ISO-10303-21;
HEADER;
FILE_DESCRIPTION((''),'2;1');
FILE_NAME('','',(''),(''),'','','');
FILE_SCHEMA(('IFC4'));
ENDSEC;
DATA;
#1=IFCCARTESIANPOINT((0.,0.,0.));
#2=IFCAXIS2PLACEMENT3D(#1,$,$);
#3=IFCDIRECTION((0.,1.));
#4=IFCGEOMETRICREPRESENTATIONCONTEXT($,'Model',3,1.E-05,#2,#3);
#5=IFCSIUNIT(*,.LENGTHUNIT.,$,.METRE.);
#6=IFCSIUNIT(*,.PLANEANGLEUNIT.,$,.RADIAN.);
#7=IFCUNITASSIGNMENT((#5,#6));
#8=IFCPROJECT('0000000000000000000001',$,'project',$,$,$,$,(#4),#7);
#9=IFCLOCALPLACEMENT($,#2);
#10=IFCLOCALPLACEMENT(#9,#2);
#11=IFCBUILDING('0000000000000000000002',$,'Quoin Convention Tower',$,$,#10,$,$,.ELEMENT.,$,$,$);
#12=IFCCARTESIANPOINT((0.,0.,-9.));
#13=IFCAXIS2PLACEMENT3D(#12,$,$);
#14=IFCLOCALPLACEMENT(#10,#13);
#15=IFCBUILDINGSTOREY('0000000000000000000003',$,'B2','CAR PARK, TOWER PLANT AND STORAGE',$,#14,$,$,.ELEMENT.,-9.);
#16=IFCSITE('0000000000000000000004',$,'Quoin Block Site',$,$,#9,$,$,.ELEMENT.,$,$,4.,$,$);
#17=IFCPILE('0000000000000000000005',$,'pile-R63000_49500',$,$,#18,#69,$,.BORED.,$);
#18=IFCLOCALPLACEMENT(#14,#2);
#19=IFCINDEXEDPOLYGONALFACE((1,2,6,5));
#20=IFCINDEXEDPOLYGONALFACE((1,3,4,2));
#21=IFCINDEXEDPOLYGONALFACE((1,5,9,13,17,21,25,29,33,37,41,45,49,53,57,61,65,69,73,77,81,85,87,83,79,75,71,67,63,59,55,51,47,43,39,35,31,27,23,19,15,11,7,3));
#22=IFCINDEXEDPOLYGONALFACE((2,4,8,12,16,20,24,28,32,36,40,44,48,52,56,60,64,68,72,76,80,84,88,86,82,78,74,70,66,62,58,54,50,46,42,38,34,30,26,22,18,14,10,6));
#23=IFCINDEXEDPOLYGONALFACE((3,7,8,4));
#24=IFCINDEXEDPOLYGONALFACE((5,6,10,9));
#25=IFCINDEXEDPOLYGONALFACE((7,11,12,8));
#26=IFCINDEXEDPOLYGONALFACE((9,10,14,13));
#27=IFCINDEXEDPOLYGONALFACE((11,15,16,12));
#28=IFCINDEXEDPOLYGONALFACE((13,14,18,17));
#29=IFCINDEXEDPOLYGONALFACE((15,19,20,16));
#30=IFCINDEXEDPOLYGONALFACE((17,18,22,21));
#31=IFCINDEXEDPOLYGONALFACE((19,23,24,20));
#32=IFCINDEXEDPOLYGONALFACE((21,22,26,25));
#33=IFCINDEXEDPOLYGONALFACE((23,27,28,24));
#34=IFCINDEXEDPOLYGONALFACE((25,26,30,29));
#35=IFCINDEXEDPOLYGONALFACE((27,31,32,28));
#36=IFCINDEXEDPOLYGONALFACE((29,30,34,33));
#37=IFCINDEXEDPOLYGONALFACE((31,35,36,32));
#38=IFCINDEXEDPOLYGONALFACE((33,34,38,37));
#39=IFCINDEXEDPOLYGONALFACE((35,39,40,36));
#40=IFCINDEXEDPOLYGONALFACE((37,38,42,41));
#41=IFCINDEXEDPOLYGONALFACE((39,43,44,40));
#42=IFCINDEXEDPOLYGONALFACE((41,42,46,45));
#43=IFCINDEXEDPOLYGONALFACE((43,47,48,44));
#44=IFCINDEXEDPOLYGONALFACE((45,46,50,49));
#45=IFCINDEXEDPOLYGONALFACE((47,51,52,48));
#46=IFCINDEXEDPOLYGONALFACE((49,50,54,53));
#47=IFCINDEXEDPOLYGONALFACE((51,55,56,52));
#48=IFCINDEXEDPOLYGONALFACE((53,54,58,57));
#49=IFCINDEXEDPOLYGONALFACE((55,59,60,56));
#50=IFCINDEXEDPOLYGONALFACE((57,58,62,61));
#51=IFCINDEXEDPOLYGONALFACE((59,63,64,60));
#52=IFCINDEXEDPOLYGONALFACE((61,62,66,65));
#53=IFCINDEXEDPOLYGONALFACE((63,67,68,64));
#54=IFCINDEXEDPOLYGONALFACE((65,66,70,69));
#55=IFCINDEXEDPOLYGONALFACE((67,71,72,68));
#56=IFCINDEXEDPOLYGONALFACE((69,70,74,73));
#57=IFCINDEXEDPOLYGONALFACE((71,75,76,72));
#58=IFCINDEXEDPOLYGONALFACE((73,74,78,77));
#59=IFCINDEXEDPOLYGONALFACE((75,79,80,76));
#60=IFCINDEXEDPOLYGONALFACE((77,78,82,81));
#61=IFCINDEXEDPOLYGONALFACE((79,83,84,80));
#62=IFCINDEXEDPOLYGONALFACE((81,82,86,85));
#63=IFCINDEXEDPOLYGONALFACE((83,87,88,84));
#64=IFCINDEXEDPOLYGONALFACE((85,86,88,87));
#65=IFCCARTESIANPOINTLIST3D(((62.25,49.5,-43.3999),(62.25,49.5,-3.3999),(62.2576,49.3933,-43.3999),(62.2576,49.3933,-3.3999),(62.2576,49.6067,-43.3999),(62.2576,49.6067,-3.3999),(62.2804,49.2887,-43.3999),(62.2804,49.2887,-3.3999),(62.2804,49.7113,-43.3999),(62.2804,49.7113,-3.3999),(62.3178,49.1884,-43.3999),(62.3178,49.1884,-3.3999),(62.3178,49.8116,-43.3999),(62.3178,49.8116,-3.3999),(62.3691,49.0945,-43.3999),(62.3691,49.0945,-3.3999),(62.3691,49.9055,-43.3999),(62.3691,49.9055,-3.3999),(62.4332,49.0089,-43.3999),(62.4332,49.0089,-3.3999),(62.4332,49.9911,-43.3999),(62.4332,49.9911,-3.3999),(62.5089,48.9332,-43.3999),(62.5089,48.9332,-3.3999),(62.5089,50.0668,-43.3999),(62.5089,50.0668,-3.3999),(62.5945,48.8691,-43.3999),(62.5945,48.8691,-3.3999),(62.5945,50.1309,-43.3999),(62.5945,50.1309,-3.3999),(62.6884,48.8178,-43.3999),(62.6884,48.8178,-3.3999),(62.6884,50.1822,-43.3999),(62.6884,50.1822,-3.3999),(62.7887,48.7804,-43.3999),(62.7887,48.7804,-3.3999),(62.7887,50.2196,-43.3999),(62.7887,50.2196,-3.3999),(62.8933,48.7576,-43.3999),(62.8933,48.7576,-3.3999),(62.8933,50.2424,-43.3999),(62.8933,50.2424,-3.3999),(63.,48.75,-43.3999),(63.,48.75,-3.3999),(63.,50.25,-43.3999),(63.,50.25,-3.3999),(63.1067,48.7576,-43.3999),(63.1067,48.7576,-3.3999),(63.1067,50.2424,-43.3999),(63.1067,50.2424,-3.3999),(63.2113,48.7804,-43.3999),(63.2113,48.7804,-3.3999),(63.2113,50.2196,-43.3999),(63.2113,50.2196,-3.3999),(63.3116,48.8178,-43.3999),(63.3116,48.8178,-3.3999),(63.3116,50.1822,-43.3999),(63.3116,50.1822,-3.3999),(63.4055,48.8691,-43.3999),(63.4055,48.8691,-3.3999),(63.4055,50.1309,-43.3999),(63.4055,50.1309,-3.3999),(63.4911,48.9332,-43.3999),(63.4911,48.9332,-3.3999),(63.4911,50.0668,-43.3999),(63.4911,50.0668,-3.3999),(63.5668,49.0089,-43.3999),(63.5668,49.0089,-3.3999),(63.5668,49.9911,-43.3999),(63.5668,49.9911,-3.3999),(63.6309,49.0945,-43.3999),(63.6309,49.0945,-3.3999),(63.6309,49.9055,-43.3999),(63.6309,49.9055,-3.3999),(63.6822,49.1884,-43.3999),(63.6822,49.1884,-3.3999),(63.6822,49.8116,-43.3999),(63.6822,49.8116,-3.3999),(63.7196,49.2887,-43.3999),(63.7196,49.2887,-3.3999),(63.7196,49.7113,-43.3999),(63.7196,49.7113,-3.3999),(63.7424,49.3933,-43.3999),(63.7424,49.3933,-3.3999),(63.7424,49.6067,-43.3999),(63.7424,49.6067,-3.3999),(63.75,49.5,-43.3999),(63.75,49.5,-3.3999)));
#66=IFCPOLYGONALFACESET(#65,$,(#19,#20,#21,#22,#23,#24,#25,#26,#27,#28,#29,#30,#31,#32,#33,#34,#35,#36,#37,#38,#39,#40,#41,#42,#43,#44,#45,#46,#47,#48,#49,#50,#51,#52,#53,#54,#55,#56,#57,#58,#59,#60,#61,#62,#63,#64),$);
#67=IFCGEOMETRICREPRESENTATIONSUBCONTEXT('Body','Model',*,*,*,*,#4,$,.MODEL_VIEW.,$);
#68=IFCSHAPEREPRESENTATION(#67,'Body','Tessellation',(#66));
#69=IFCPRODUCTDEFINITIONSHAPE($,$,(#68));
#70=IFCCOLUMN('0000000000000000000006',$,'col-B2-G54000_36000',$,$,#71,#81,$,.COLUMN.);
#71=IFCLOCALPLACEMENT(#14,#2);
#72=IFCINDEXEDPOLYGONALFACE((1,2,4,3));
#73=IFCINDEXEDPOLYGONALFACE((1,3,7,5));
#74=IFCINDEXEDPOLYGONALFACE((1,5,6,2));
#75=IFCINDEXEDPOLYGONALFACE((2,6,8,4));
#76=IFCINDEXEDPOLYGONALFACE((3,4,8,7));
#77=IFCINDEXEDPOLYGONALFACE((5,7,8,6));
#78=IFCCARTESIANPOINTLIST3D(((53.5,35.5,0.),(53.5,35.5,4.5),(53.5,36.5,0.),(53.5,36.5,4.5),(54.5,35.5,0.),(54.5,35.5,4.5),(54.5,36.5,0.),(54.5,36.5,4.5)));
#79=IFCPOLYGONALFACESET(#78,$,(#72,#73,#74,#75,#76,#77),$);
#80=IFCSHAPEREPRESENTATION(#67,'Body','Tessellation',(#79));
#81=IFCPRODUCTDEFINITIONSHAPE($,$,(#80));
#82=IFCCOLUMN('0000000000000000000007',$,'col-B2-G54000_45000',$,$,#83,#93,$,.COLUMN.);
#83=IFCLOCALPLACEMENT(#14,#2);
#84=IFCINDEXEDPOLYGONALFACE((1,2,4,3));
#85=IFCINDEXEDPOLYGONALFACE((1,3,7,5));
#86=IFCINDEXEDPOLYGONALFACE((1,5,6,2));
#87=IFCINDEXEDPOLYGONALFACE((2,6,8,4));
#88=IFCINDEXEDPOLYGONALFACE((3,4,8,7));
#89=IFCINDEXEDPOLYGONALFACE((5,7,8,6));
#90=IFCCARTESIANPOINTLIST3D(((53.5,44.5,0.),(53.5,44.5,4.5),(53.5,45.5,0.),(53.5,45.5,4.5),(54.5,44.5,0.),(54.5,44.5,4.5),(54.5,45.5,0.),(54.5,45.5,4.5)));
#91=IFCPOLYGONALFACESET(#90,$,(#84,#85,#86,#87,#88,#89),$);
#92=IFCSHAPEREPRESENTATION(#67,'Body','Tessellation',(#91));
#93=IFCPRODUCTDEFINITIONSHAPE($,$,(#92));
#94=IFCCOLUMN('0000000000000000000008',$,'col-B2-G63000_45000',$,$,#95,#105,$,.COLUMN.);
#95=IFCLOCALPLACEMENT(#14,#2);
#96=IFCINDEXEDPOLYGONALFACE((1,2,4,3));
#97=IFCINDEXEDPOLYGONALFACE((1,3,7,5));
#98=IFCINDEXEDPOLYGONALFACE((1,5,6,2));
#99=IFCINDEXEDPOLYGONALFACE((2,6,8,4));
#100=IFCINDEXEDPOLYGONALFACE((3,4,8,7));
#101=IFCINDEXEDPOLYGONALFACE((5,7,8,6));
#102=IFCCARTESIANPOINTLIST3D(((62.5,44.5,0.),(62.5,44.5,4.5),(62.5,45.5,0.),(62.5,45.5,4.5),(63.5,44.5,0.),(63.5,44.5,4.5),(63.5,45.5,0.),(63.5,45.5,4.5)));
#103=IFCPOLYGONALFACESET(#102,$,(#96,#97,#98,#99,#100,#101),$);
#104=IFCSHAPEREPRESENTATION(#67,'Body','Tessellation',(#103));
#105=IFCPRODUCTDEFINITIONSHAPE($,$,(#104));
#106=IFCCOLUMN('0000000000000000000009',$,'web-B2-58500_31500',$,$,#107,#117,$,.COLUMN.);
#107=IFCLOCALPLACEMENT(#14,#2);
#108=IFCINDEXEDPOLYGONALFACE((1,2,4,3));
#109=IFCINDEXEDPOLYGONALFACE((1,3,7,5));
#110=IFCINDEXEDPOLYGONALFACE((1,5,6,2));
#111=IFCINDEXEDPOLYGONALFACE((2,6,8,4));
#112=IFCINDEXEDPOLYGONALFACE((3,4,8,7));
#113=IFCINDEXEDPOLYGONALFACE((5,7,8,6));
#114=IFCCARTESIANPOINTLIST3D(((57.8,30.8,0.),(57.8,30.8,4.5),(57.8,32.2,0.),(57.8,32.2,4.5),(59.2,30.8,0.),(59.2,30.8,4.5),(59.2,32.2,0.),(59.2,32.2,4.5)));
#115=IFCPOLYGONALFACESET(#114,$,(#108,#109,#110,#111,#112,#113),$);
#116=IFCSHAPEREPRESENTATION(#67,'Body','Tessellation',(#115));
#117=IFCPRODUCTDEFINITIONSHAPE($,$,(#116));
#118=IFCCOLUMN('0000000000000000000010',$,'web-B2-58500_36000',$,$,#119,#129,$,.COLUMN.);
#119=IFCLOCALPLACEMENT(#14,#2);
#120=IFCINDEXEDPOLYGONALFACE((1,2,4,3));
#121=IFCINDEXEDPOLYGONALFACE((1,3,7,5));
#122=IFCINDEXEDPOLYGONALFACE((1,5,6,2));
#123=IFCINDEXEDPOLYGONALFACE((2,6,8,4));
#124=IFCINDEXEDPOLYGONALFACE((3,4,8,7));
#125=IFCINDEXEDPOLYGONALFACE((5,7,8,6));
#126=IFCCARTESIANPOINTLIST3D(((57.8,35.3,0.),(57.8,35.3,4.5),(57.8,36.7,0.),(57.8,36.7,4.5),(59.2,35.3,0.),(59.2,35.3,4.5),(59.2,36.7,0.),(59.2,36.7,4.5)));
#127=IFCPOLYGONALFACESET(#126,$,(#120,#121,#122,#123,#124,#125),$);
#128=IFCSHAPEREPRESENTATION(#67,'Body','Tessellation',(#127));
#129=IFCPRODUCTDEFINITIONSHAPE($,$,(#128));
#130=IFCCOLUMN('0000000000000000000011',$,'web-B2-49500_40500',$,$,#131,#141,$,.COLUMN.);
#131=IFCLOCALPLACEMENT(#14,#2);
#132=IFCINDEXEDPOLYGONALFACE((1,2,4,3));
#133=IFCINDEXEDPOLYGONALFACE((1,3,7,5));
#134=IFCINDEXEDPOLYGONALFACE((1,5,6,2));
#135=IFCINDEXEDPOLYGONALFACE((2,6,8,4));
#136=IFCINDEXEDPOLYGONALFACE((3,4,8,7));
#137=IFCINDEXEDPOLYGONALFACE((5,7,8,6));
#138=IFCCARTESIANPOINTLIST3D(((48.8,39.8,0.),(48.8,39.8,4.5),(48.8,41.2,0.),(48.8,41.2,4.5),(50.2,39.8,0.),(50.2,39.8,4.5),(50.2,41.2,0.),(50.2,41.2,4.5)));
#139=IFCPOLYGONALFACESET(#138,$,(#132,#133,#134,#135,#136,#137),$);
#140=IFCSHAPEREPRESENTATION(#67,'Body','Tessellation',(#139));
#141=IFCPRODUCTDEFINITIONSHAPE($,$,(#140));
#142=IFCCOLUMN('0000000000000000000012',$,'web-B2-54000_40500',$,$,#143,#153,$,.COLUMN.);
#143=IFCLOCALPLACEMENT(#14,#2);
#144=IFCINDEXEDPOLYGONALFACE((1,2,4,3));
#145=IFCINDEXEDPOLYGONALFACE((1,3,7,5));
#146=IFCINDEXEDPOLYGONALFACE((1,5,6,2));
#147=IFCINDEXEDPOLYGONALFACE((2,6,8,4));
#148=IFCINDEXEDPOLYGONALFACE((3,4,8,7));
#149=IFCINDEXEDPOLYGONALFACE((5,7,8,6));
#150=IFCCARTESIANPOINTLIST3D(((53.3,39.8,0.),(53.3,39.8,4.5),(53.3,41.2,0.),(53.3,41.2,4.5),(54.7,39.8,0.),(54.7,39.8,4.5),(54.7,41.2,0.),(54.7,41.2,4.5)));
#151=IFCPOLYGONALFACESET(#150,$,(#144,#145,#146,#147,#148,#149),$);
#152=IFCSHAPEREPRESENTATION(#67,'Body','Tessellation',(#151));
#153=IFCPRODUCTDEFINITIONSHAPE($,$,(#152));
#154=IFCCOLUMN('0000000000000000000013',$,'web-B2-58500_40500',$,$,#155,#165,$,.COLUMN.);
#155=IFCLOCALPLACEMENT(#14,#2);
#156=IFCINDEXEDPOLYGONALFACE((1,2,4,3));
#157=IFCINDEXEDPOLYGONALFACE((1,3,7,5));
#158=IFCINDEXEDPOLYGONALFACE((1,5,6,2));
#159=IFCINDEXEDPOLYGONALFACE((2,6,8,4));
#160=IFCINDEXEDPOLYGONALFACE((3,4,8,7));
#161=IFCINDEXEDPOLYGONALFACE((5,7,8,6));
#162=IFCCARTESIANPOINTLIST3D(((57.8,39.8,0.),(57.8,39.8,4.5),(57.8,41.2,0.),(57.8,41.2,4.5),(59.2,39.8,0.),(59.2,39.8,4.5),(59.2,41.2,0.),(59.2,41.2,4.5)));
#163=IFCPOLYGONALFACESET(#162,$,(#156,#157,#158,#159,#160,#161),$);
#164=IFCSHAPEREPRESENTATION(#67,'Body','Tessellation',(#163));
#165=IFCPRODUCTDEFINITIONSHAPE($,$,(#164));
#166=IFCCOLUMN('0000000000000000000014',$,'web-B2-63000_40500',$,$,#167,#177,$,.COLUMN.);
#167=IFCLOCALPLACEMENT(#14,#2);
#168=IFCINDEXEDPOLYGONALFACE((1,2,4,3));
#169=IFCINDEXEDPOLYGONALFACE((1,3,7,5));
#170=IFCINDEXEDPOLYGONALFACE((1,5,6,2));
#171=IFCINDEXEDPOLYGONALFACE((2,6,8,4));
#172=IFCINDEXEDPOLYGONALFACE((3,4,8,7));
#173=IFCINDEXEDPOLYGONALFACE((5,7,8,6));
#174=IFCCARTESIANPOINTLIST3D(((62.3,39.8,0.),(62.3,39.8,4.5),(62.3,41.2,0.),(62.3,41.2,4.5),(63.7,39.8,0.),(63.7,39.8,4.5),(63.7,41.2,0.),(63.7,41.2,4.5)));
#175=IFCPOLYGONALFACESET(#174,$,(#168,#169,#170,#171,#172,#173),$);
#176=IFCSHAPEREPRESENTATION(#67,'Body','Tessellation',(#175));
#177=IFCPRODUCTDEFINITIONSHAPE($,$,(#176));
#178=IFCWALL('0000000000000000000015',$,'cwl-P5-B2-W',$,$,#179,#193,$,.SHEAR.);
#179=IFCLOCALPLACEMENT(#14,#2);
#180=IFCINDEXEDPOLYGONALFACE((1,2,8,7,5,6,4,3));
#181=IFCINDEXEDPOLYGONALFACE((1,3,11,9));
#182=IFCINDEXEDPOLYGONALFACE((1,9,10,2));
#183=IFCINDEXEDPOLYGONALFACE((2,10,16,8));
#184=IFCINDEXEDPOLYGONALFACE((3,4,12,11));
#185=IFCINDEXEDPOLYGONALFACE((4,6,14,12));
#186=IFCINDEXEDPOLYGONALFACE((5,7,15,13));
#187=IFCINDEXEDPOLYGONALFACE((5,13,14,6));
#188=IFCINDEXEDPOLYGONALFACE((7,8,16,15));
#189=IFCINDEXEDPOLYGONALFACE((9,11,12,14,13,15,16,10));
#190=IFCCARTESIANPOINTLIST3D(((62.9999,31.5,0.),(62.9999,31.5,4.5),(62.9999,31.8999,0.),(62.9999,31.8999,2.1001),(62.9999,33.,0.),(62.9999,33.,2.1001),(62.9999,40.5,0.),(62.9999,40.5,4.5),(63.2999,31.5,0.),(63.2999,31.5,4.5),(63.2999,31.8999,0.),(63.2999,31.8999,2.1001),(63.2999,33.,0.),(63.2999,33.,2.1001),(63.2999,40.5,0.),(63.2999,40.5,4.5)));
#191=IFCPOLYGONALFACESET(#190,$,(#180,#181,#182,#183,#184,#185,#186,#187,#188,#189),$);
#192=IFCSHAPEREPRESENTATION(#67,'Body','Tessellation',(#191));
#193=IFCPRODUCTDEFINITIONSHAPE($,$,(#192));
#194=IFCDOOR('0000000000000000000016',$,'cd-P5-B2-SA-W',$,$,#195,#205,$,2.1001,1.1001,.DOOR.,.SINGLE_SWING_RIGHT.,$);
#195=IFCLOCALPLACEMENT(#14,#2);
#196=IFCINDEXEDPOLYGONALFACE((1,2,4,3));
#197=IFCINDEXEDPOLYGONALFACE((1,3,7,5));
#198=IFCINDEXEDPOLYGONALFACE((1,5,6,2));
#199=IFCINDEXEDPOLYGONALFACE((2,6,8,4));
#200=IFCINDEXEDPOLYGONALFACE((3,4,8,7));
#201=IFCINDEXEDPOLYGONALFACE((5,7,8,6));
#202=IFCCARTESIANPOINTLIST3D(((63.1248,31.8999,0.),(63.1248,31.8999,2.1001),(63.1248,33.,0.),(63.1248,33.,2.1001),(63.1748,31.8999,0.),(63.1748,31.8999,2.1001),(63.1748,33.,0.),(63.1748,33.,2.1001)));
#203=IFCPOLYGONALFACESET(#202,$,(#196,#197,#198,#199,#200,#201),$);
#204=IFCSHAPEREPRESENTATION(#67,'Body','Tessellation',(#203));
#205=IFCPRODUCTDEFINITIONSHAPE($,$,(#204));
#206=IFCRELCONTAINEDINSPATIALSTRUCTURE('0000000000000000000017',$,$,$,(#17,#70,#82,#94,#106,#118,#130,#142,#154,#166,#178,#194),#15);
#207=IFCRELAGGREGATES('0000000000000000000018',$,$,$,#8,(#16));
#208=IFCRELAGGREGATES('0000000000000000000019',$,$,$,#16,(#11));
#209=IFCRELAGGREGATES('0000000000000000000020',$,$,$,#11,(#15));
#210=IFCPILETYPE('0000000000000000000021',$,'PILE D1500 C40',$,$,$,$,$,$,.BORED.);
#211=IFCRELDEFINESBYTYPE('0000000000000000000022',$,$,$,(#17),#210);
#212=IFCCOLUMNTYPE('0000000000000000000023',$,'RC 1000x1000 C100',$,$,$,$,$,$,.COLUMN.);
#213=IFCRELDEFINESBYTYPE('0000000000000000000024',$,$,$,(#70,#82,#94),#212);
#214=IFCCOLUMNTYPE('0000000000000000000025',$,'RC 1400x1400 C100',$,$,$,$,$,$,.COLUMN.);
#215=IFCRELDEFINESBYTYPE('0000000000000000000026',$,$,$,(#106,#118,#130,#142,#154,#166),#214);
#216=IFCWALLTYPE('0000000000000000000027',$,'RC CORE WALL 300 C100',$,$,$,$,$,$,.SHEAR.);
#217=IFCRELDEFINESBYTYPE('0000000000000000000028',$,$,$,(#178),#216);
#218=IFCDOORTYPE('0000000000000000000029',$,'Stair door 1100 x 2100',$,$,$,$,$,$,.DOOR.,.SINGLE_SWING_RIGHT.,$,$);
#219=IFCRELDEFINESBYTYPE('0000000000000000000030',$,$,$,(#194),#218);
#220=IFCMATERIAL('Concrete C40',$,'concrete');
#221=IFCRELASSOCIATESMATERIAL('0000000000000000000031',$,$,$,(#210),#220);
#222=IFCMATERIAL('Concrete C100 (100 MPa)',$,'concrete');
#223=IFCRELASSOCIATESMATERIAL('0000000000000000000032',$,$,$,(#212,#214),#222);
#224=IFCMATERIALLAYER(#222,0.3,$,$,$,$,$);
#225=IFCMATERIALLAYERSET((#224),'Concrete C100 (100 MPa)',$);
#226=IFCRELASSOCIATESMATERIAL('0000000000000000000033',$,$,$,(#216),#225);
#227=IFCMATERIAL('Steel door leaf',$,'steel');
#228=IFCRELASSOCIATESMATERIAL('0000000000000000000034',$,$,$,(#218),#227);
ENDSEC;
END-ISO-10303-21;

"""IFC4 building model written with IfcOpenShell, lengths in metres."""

from ifc_helpers import new_model, si_unit, direction, frame, frame_2d, origin, origin_2d, place, context, subcontext, project, spatial, rectangle, circle, extrude, material, layer, layer_set, material_profile, profile_set, type_object, element, fill, save


model = new_model("IFC4")

# Units and contexts
model_context = context("Model", 3, precision=1e-05, world=origin(), true_north=direction((0.0, 1.0)))
body_context = subcontext(model_context, "Body", "Model", "MODEL_VIEW")
ifc_project = project(units=[si_unit("LENGTHUNIT", "METRE"), si_unit("PLANEANGLEUNIT", "RADIAN")], contexts=[model_context])

# Site, building, storey
site_placement = place(None, origin())
site = spatial("IfcSite", under=ifc_project, at=site_placement, Name="Quoin Block Site", CompositionType="ELEMENT", RefElevation=4.0)
building_placement = place(site_placement, origin())
building = spatial("IfcBuilding", under=site, at=building_placement, Name="Quoin Convention Tower", CompositionType="ELEMENT")
storey_placement = place(building_placement, frame((0.0, 0.0, -9.0)))
storey = spatial("IfcBuildingStorey", under=building, at=storey_placement, Name="B2", Description="CAR PARK, TOWER PLANT AND STORAGE", CompositionType="ELEMENT", Elevation=-9.0)

# Pile
ifc_material_1 = material(Name="Concrete C40", Category="concrete")
ifc_material_profile_1 = material_profile(ifc_material_1, circle(Radius=0.75, at=origin_2d()), Name="D1500")
ifc_profile_set_1 = profile_set([ifc_material_profile_1], Name="Concrete C40")
pile_type = type_object("IfcPileType", Name="PILE D1500 C40", PredefinedType="BORED", material=ifc_profile_set_1)
for number, where, z_axis, x_axis, name in (
    (1, (63.0, 49.5, -3.3999), (0.0, 0.0, -1.0), (1.0, 0.0, 0.0), "pile-R63000_49500"),
):
    element("IfcPile", number, at=place(storey_placement, frame(where, z_axis=z_axis, x_axis=x_axis)), inside=storey, type_object=pile_type, Name=name, PredefinedType="BORED", context=body_context, shape_type="SweptSolid", body=[
        extrude(circle(Radius=0.75, at=origin_2d()), origin(), (0.0, 0.0, 1.0), 40.0),
    ])

# Columns
ifc_material_2 = material(Name="Concrete C100 (100 MPa)", Category="concrete")
ifc_material_profile_2 = material_profile(ifc_material_2, rectangle(XDim=1.0, YDim=1.0, at=origin_2d()), Name="RC 1000x1000")
ifc_profile_set_2 = profile_set([ifc_material_profile_2], Name="Concrete C100 (100 MPa)")
column_type_1 = type_object("IfcColumnType", Name="RC 1000x1000 C100", PredefinedType="COLUMN", material=ifc_profile_set_2)
for number, where, z_axis, x_axis, name in (
    (2, (54.0, 36.0, 0.0), (0.0, 0.0, 1.0), (1.0, 0.0, 0.0), "col-B2-G54000_36000"),
    (3, (54.0, 45.0, 0.0), (0.0, 0.0, 1.0), (1.0, 0.0, 0.0), "col-B2-G54000_45000"),
    (4, (63.0, 45.0, 0.0), (0.0, 0.0, 1.0), (1.0, 0.0, 0.0), "col-B2-G63000_45000"),
):
    element("IfcColumn", number, at=place(storey_placement, frame(where, z_axis=z_axis, x_axis=x_axis)), inside=storey, type_object=column_type_1, Name=name, PredefinedType="COLUMN", context=body_context, shape_type="SweptSolid", body=[
        extrude(rectangle(XDim=1.0, YDim=1.0, at=origin_2d()), origin(), (0.0, 0.0, 1.0), 4.5),
    ])
ifc_material_profile_3 = material_profile(ifc_material_2, rectangle(XDim=1.3999, YDim=1.3999, at=origin_2d()), Name="RC 1400x1400")
ifc_profile_set_3 = profile_set([ifc_material_profile_3], Name="Concrete C100 (100 MPa)")
column_type_2 = type_object("IfcColumnType", Name="RC 1400x1400 C100", PredefinedType="COLUMN", material=ifc_profile_set_3)
for number, where, z_axis, x_axis, name in (
    (5, (58.5, 31.5, 0.0), (0.0, 0.0, 1.0), (1.0, 0.0, 0.0), "web-B2-58500_31500"),
    (6, (58.5, 36.0, 0.0), (0.0, 0.0, 1.0), (1.0, 0.0, 0.0), "web-B2-58500_36000"),
    (7, (49.5, 40.5, 0.0), (0.0, 0.0, 1.0), (1.0, 0.0, 0.0), "web-B2-49500_40500"),
    (8, (54.0, 40.5, 0.0), (0.0, 0.0, 1.0), (1.0, 0.0, 0.0), "web-B2-54000_40500"),
    (9, (58.5, 40.5, 0.0), (0.0, 0.0, 1.0), (1.0, 0.0, 0.0), "web-B2-58500_40500"),
    (10, (63.0, 40.5, 0.0), (0.0, 0.0, 1.0), (1.0, 0.0, 0.0), "web-B2-63000_40500"),
):
    element("IfcColumn", number, at=place(storey_placement, frame(where, z_axis=z_axis, x_axis=x_axis)), inside=storey, type_object=column_type_2, Name=name, PredefinedType="COLUMN", context=body_context, shape_type="SweptSolid", body=[
        extrude(rectangle(XDim=1.3999, YDim=1.3999, at=origin_2d()), origin(), (0.0, 0.0, 1.0), 4.5),
    ])

# Wall, opening, door
ifc_layer = layer(ifc_material_2, 0.3)
ifc_layer_set = layer_set([ifc_layer], Name="Concrete C100 (100 MPa)")
wall_type = type_object("IfcWallType", Name="RC CORE WALL 300 C100", PredefinedType="SHEAR", material=ifc_layer_set)
wall_placement = place(storey_placement, frame((63.1499, 31.5, 0.0), z_axis=(0.0, 0.0, 1.0), x_axis=(0.0, 1.0, 0.0)))
wall = element("IfcWall", 11, at=wall_placement, inside=storey, type_object=wall_type, Name="cwl-P5-B2-W", PredefinedType="SHEAR", context=body_context, shape_type="SweptSolid", body=[
    extrude(rectangle(XDim=9.0, YDim=0.3, at=frame_2d((4.5, 0.0))), origin(), (0.0, 0.0, 1.0), 4.5),
])
opening_placement = place(wall_placement, frame((0.3999, 0.0, 0.0)))
opening = element("IfcOpeningElement", 12, at=opening_placement, cuts=wall, PredefinedType="OPENING", context=body_context, shape_type="SweptSolid", body=[
    extrude(rectangle(XDim=1.1001, YDim=2.1001, at=frame_2d((0.55, 1.05))), frame((0.0, 0.1599, 0.0), z_axis=(0.0, -1.0, 0.0), x_axis=(1.0, 0.0, 0.0)), (0.0, 0.0, 1.0), 0.3201),
])
ifc_material_3 = material(Name="Steel door leaf", Category="steel")
door_type = type_object("IfcDoorType", Name="Stair door 1100 x 2100", OperationType="SINGLE_SWING_RIGHT", PredefinedType="DOOR", material=ifc_material_3)
door_placement = place(opening_placement, frame((1.1001, 0.0, 0.0), z_axis=(0.0, 0.0, 1.0), x_axis=(-1.0, 0.0, 0.0)))
door = element("IfcDoor", 13, at=door_placement, inside=storey, type_object=door_type, Name="cd-P5-B2-SA-W", OperationType="SINGLE_SWING_RIGHT", OverallHeight=2.1001, OverallWidth=1.1001, PredefinedType="DOOR", context=body_context, shape_type="SweptSolid", body=[
    extrude(rectangle(XDim=1.1001, YDim=2.1001, at=frame_2d((0.55, 1.05))), frame((0.0, 0.0249, 0.0), z_axis=(0.0, -1.0, 0.0), x_axis=(1.0, 0.0, 0.0)), (0.0, 0.0, 1.0), 0.05),
])
fill(opening, door)

save(model, "model.ifc")
